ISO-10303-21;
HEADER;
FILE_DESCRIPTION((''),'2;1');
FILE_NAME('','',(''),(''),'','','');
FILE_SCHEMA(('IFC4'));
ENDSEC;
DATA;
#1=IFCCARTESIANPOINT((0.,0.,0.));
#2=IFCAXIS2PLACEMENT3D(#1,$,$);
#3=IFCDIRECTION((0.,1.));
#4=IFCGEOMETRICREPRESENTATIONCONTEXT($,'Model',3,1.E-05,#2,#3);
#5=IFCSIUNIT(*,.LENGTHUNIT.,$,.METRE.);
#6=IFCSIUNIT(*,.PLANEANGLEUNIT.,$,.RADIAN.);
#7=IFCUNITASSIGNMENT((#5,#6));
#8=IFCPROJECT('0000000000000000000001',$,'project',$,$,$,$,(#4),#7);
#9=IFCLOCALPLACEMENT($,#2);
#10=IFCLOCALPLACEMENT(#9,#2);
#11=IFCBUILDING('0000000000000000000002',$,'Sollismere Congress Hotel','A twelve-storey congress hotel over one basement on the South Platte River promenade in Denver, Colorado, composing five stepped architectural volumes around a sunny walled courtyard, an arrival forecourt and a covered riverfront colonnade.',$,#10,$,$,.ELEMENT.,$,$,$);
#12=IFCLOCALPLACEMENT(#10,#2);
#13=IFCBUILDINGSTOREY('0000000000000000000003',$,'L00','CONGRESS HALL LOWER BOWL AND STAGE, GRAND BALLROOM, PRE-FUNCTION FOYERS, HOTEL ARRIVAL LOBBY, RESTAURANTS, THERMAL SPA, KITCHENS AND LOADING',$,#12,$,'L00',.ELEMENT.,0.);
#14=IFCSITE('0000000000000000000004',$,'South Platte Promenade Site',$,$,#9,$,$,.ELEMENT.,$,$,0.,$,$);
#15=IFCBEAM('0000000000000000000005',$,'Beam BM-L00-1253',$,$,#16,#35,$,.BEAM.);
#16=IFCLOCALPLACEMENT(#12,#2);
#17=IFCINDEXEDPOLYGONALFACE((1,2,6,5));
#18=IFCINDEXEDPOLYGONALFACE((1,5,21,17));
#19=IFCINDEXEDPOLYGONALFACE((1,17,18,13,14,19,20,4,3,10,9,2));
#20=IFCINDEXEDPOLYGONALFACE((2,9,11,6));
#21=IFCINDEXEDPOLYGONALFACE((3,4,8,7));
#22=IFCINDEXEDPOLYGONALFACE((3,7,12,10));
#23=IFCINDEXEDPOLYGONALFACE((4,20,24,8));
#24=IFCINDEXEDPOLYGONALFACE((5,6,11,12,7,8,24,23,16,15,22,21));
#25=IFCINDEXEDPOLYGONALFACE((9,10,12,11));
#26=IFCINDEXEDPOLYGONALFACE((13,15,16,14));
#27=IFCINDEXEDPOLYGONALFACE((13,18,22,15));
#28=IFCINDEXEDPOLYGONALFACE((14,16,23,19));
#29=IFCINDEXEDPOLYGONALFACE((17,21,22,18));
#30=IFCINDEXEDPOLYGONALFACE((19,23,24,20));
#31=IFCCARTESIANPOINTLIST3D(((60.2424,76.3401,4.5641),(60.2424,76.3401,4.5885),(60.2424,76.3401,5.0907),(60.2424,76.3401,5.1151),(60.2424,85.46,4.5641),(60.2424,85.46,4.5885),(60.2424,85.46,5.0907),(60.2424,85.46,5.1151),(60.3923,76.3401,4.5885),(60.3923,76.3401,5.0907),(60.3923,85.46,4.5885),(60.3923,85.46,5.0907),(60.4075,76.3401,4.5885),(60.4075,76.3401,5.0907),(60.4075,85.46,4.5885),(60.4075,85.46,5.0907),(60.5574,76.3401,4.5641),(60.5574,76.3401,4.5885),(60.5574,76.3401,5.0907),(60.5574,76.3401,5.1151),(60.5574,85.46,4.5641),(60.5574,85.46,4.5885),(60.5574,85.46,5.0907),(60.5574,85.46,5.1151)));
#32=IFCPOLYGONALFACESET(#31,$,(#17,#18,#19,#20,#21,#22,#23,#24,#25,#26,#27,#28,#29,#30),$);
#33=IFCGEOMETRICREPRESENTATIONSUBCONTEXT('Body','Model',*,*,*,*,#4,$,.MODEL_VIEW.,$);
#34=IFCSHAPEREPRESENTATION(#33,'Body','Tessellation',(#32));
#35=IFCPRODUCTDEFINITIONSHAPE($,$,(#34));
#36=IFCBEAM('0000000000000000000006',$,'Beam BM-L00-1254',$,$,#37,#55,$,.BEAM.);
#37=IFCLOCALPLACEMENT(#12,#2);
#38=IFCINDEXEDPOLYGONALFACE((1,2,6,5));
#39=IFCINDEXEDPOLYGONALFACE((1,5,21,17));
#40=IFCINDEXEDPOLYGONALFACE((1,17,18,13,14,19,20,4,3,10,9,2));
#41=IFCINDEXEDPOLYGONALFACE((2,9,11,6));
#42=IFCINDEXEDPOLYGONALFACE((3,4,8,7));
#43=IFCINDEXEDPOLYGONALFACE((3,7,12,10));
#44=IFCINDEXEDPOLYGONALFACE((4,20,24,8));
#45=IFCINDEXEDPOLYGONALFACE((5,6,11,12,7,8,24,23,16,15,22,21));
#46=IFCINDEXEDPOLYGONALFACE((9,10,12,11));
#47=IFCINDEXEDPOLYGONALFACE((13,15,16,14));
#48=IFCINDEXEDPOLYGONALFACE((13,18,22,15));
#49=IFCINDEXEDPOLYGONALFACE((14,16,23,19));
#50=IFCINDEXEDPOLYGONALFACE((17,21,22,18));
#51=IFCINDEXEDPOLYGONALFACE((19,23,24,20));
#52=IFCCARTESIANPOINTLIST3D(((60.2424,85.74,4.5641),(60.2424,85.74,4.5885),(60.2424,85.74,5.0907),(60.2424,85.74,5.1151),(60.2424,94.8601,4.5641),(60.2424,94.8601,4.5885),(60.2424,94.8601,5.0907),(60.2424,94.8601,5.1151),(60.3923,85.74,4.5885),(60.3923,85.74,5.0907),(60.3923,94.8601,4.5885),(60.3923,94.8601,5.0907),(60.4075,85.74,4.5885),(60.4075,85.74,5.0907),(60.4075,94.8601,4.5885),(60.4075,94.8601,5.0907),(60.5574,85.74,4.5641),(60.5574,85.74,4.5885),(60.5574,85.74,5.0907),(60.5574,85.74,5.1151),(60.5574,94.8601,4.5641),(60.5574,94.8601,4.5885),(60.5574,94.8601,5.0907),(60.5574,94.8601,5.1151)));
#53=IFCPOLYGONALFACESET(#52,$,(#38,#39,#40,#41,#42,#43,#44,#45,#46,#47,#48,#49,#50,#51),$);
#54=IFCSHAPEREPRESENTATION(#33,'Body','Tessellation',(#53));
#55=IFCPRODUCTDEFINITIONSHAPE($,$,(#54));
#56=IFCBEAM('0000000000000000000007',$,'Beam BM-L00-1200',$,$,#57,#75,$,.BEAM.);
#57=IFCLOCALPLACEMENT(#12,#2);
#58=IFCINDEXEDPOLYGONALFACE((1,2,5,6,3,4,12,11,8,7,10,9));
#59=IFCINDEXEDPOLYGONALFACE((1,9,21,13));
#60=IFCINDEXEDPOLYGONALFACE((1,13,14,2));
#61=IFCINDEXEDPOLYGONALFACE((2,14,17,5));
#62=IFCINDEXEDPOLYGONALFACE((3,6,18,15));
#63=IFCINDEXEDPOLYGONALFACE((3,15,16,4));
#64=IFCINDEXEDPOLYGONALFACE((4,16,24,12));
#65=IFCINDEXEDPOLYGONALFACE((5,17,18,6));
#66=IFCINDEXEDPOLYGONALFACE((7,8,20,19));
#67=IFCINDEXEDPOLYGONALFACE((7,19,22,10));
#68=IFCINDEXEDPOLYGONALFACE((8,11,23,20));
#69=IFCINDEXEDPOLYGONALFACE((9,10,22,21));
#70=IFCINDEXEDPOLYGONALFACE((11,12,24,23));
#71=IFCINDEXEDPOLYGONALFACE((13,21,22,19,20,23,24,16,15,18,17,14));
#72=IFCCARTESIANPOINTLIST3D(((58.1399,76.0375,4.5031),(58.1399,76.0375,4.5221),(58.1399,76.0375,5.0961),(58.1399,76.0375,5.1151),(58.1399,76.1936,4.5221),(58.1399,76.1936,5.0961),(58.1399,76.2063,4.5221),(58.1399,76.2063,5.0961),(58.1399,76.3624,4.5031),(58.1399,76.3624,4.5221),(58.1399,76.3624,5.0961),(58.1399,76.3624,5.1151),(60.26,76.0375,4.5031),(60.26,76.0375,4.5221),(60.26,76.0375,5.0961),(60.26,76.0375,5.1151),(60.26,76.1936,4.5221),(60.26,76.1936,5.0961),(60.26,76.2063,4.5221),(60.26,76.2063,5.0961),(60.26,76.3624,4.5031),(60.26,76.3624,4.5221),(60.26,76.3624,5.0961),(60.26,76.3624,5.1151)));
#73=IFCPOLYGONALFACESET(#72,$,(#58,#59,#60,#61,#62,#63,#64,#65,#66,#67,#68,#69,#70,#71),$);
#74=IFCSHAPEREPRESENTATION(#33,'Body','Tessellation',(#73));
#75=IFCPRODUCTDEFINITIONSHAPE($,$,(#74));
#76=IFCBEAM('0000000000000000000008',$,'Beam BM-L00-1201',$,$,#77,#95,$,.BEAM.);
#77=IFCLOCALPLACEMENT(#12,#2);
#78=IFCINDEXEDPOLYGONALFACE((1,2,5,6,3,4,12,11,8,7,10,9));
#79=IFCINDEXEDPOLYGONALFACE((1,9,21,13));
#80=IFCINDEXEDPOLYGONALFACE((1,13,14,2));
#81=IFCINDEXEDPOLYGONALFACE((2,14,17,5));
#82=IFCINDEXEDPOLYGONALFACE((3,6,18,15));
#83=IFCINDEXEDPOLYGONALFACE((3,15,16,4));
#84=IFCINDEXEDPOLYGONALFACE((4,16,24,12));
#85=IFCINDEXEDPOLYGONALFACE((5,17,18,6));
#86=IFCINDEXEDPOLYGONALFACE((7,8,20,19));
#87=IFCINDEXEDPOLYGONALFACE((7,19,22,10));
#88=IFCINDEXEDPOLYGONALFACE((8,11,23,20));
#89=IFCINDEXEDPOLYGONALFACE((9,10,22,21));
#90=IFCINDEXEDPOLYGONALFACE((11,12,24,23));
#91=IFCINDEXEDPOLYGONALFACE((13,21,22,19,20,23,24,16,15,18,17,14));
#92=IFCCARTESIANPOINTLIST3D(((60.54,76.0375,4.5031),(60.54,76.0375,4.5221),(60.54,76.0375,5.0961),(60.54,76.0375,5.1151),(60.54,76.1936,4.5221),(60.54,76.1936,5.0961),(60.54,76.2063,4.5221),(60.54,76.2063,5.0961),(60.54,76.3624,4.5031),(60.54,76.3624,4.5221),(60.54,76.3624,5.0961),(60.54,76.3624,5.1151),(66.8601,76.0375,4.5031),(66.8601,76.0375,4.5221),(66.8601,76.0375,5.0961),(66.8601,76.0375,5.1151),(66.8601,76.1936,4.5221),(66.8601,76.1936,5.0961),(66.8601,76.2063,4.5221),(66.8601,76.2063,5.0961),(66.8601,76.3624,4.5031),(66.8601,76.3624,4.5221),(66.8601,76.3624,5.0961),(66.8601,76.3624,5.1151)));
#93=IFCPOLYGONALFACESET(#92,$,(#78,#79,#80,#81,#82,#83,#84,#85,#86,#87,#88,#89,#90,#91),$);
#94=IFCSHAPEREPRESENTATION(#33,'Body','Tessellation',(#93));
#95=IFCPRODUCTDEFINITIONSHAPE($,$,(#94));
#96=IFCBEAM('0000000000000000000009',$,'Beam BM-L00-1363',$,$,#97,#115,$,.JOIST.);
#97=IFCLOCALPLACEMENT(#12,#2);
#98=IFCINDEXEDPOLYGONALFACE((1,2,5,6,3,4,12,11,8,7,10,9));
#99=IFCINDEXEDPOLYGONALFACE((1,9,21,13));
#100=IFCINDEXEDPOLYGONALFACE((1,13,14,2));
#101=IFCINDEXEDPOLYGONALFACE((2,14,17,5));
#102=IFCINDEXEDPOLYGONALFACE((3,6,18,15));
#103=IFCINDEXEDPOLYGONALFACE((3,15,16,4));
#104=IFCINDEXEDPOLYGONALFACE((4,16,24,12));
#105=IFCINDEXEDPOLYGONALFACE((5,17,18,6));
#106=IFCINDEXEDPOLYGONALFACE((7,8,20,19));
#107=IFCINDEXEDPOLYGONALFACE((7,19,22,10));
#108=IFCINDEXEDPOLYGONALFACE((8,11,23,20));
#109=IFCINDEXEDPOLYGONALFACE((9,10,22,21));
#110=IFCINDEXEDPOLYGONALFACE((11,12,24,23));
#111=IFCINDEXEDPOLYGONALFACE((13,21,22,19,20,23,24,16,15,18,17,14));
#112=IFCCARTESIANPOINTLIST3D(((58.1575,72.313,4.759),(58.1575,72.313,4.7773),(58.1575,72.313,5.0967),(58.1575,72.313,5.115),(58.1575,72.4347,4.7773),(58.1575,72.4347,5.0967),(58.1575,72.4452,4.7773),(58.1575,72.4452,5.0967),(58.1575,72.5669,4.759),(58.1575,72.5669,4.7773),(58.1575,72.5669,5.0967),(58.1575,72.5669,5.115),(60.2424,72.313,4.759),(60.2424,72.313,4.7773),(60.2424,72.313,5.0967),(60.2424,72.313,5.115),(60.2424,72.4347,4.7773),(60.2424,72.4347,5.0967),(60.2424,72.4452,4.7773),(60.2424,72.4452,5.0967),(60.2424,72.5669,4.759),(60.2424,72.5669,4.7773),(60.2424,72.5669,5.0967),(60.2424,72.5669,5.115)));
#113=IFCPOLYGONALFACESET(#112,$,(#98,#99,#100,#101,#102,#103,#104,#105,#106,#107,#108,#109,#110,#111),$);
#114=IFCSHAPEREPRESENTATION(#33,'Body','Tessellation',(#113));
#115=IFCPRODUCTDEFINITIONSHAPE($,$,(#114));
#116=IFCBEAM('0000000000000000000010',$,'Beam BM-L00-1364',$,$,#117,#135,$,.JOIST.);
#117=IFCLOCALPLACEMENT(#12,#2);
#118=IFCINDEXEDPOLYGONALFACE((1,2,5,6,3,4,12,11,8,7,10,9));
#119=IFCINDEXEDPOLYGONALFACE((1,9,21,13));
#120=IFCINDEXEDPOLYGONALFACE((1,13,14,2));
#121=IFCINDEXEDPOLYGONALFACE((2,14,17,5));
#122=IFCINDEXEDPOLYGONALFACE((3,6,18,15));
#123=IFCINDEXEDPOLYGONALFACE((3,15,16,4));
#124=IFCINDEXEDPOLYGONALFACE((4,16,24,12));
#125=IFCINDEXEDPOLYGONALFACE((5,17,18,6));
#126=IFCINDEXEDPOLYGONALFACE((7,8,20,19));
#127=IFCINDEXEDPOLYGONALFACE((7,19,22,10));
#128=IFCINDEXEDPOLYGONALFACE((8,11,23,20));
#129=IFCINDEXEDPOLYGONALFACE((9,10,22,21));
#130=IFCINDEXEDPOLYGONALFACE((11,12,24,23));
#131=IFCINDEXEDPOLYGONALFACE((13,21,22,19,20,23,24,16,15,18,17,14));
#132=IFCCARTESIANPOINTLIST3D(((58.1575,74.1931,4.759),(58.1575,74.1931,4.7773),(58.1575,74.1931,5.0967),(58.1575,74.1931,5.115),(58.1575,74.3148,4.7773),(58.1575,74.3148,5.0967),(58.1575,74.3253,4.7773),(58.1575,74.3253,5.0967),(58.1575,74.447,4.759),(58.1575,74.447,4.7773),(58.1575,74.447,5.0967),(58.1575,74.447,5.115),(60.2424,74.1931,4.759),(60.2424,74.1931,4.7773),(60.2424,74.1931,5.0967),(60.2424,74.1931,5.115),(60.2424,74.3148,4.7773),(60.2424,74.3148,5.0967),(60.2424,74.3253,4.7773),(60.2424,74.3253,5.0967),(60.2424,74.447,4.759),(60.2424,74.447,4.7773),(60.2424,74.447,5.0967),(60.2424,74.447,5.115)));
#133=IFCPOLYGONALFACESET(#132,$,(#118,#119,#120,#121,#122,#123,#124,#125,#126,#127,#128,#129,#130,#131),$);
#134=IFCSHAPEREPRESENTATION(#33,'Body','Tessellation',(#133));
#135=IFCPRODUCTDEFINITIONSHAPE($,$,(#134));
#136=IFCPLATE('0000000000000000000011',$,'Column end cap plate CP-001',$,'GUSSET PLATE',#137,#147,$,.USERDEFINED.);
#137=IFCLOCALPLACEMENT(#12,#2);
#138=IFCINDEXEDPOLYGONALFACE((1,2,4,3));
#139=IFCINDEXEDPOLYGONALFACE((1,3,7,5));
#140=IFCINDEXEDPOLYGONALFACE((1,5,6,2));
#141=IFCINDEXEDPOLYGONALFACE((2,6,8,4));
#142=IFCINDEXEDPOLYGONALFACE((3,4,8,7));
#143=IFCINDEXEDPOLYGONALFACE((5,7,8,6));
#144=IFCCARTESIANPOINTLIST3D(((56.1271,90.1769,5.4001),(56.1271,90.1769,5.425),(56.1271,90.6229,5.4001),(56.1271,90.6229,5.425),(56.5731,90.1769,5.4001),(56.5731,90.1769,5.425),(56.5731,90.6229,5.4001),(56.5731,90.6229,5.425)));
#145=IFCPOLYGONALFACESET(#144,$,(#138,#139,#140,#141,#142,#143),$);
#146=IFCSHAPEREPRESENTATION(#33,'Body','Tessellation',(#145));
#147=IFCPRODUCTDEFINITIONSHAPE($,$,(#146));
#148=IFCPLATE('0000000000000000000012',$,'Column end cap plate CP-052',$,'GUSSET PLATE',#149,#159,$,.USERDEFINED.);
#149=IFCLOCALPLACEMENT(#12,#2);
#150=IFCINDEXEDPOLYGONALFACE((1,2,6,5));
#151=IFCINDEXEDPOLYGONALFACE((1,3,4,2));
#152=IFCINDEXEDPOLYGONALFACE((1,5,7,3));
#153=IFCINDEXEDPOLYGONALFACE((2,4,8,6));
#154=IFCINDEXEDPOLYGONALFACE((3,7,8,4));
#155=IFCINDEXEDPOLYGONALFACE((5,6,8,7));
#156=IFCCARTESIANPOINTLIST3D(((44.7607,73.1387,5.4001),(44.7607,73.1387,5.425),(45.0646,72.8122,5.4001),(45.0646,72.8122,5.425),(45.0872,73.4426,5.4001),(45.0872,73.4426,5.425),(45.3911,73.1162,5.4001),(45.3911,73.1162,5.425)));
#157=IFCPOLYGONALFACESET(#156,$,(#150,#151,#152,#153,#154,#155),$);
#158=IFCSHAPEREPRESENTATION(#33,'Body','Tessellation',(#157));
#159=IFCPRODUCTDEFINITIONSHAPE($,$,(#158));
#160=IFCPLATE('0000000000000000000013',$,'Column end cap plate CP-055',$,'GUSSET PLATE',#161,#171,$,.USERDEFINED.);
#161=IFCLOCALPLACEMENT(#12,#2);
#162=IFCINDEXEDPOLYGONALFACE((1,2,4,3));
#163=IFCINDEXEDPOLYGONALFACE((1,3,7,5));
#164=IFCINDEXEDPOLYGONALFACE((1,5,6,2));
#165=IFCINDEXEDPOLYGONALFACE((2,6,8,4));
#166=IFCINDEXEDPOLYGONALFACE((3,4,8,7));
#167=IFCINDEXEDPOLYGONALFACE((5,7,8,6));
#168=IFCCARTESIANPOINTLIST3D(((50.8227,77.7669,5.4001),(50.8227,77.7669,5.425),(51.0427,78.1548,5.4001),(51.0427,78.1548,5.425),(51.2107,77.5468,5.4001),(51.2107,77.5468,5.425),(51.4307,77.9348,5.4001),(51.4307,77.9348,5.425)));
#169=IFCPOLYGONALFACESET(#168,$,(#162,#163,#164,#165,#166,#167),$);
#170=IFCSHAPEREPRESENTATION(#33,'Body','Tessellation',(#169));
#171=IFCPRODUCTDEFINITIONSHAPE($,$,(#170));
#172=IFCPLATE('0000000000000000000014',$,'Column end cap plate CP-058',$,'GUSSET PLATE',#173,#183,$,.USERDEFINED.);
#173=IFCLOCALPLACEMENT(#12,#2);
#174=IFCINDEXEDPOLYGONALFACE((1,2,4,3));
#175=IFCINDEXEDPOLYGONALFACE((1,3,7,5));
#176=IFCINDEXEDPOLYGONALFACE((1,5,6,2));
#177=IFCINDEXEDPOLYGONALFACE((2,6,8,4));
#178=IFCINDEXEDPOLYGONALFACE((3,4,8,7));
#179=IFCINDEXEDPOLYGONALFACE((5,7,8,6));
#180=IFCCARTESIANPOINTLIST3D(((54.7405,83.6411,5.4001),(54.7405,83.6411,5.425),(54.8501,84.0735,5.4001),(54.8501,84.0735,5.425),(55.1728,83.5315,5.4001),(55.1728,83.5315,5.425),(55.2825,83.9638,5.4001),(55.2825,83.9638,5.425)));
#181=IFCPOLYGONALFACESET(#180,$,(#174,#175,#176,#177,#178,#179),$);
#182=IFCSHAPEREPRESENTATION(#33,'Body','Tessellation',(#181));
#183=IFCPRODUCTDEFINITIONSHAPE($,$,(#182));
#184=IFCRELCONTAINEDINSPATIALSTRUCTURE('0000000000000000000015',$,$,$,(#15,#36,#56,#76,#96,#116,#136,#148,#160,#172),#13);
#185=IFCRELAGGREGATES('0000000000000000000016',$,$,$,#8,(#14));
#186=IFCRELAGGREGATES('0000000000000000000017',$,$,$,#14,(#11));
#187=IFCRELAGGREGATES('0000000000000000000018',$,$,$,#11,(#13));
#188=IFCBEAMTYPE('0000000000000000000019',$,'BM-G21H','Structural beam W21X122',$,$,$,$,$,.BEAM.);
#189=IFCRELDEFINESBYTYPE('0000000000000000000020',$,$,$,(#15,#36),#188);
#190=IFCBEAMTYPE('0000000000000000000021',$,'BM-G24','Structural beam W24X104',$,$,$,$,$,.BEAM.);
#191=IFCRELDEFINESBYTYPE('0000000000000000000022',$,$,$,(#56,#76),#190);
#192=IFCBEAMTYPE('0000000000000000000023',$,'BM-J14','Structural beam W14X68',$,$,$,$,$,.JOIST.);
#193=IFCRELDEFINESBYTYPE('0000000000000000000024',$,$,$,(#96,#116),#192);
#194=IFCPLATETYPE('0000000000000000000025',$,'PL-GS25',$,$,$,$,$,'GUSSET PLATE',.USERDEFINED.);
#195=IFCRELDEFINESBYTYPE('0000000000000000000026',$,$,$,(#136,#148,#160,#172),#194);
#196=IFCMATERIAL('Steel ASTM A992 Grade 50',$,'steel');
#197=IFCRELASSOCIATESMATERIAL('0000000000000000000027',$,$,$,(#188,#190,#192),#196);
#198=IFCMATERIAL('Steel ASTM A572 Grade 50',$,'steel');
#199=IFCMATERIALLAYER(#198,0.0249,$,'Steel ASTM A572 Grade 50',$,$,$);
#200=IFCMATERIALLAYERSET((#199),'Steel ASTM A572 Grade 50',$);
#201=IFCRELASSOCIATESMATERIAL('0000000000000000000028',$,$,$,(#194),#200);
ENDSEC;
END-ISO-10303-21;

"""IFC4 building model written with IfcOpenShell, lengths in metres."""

from ifc_helpers import new_model, si_unit, direction, frame, origin, origin_2d, place, context, subcontext, project, spatial, rectangle, i_section, extrude, material, layer, layer_set, material_profile, profile_set, type_object, element, save


model = new_model("IFC4")

# Units and contexts
model_context = context("Model", 3, precision=1e-05, world=origin(), true_north=direction((0.0, 1.0)))
body_context = subcontext(model_context, "Body", "Model", "MODEL_VIEW")
ifc_project = project(units=[si_unit("LENGTHUNIT", "METRE"), si_unit("PLANEANGLEUNIT", "RADIAN")], contexts=[model_context])

# Site, building, storey
site_placement = place(None, origin())
site = spatial("IfcSite", under=ifc_project, at=site_placement, Name="South Platte Promenade Site", CompositionType="ELEMENT", RefElevation=0.0)
building_placement = place(site_placement, origin())
building = spatial("IfcBuilding", under=site, at=building_placement, Name="Sollismere Congress Hotel", Description="A twelve-storey congress hotel over one basement on the South Platte River promenade in Denver, Colorado, composing five stepped architectural volumes around a sunny walled courtyard, an arrival forecourt and a covered riverfront colonnade.", CompositionType="ELEMENT")
storey_placement = place(building_placement, origin())
storey = spatial("IfcBuildingStorey", under=building, at=storey_placement, Name="L00", Description="CONGRESS HALL LOWER BOWL AND STAGE, GRAND BALLROOM, PRE-FUNCTION FOYERS, HOTEL ARRIVAL LOBBY, RESTAURANTS, THERMAL SPA, KITCHENS AND LOADING", LongName="L00", CompositionType="ELEMENT", Elevation=0.0)

# Shared definitions
ifc_material_1 = material(Name="Steel ASTM A992 Grade 50", Category="steel")

# Beams
ifc_material_profile_1 = material_profile(ifc_material_1, i_section(OverallWidth=0.3149, OverallDepth=0.551, WebThickness=0.0151, FlangeThickness=0.0244, at=origin_2d()), Name="W21X122")
ifc_profile_set_1 = profile_set([ifc_material_profile_1], Name="Steel ASTM A992 Grade 50")
beam_type_1 = type_object("IfcBeamType", Name="BM-G21H", Description="Structural beam W21X122", PredefinedType="BEAM", material=ifc_profile_set_1)
beam_1_placement = place(storey_placement, frame((60.3999, 76.3401, 4.8396), z_axis=(0.0, 1.0, 0.0), x_axis=(-1.0, 0.0, 0.0)))
element("IfcBeam", 1, at=beam_1_placement, inside=storey, type_object=beam_type_1, Name="Beam BM-L00-1253", PredefinedType="BEAM", context=body_context, shape_type="SweptSolid", body=[
    extrude(i_section(OverallWidth=0.3149, OverallDepth=0.551, WebThickness=0.0151, FlangeThickness=0.0244, at=origin_2d()), origin(), (0.0, 0.0, 1.0), 9.1199),
])
beam_2_placement = place(storey_placement, frame((60.3999, 85.74, 4.8396), z_axis=(0.0, 1.0, 0.0), x_axis=(-1.0, 0.0, 0.0)))
element("IfcBeam", 2, at=beam_2_placement, inside=storey, type_object=beam_type_1, Name="Beam BM-L00-1254", PredefinedType="BEAM", context=body_context, shape_type="SweptSolid", body=[
    extrude(i_section(OverallWidth=0.3149, OverallDepth=0.551, WebThickness=0.0151, FlangeThickness=0.0244, at=origin_2d()), origin(), (0.0, 0.0, 1.0), 9.1201),
])
ifc_material_profile_2 = material_profile(ifc_material_1, i_section(OverallWidth=0.325, OverallDepth=0.6121, WebThickness=0.0127, FlangeThickness=0.019, at=origin_2d()), Name="W24X104")
ifc_profile_set_2 = profile_set([ifc_material_profile_2], Name="Steel ASTM A992 Grade 50")
beam_type_2 = type_object("IfcBeamType", Name="BM-G24", Description="Structural beam W24X104", PredefinedType="BEAM", material=ifc_profile_set_2)
beam_3_placement = place(storey_placement, frame((58.1399, 76.2, 4.8091), z_axis=(1.0, 0.0, 0.0), x_axis=(0.0, 1.0, 0.0)))
element("IfcBeam", 3, at=beam_3_placement, inside=storey, type_object=beam_type_2, Name="Beam BM-L00-1200", PredefinedType="BEAM", context=body_context, shape_type="SweptSolid", body=[
    extrude(i_section(OverallWidth=0.325, OverallDepth=0.6121, WebThickness=0.0127, FlangeThickness=0.019, at=origin_2d()), origin(), (0.0, 0.0, 1.0), 2.1201),
])
beam_4_placement = place(storey_placement, frame((60.54, 76.2, 4.8091), z_axis=(1.0, 0.0, 0.0), x_axis=(0.0, 1.0, 0.0)))
element("IfcBeam", 4, at=beam_4_placement, inside=storey, type_object=beam_type_2, Name="Beam BM-L00-1201", PredefinedType="BEAM", context=body_context, shape_type="SweptSolid", body=[
    extrude(i_section(OverallWidth=0.325, OverallDepth=0.6121, WebThickness=0.0127, FlangeThickness=0.019, at=origin_2d()), origin(), (0.0, 0.0, 1.0), 6.3201),
])
ifc_material_profile_3 = material_profile(ifc_material_1, i_section(OverallWidth=0.2539, OverallDepth=0.356, WebThickness=0.0105, FlangeThickness=0.0183, at=origin_2d()), Name="W14X68")
ifc_profile_set_3 = profile_set([ifc_material_profile_3], Name="Steel ASTM A992 Grade 50")
beam_type_3 = type_object("IfcBeamType", Name="BM-J14", Description="Structural beam W14X68", PredefinedType="JOIST", material=ifc_profile_set_3)
for number, where, z_axis, x_axis, name in (
    (5, (58.1575, 72.4399, 4.937), (1.0, 0.0, 0.0), (0.0, 1.0, 0.0), "Beam BM-L00-1363"),
    (6, (58.1575, 74.3201, 4.937), (1.0, 0.0, 0.0), (0.0, 1.0, 0.0), "Beam BM-L00-1364"),
):
    element("IfcBeam", number, at=place(storey_placement, frame(where, z_axis=z_axis, x_axis=x_axis)), inside=storey, type_object=beam_type_3, Name=name, PredefinedType="JOIST", context=body_context, shape_type="SweptSolid", body=[
        extrude(i_section(OverallWidth=0.2539, OverallDepth=0.356, WebThickness=0.0105, FlangeThickness=0.0183, at=origin_2d()), origin(), (0.0, 0.0, 1.0), 2.085),
    ])

# Plates
ifc_material_2 = material(Name="Steel ASTM A572 Grade 50", Category="steel")
ifc_layer_1 = layer(ifc_material_2, 0.0249, Name="Steel ASTM A572 Grade 50")
ifc_layer_set_1 = layer_set([ifc_layer_1], Name="Steel ASTM A572 Grade 50")
plate_type = type_object("IfcPlateType", Name="PL-GS25", ElementType="GUSSET PLATE", PredefinedType="USERDEFINED", material=ifc_layer_set_1)
for number, where, z_axis, x_axis, name in (
    (7, (56.3501, 90.3999, 5.4001), (0.0, 0.0, 1.0), (1.0, 0.0, 0.0), "Column end cap plate CP-001"),
    (8, (45.0759, 73.1274, 5.4001), (0.0, 0.0, 1.0), (0.68136, -0.731949, 0.0), "Column end cap plate CP-052"),
    (9, (51.1267, 77.8508, 5.4001), (0.0, 0.0, 1.0), (0.86984, -0.493335, 0.0), "Column end cap plate CP-055"),
    (10, (55.0115, 83.8025, 5.4001), (0.0, 0.0, 1.0), (0.969317, -0.245815, 0.0), "Column end cap plate CP-058"),
):
    element("IfcPlate", number, at=place(storey_placement, frame(where, z_axis=z_axis, x_axis=x_axis)), inside=storey, type_object=plate_type, Name=name, ObjectType="GUSSET PLATE", PredefinedType="USERDEFINED", context=body_context, shape_type="SweptSolid", body=[
        extrude(rectangle(XDim=0.446, YDim=0.446, at=origin_2d()), origin(), (0.0, 0.0, 1.0), 0.0249),
    ])

save(model, "model.ifc")
